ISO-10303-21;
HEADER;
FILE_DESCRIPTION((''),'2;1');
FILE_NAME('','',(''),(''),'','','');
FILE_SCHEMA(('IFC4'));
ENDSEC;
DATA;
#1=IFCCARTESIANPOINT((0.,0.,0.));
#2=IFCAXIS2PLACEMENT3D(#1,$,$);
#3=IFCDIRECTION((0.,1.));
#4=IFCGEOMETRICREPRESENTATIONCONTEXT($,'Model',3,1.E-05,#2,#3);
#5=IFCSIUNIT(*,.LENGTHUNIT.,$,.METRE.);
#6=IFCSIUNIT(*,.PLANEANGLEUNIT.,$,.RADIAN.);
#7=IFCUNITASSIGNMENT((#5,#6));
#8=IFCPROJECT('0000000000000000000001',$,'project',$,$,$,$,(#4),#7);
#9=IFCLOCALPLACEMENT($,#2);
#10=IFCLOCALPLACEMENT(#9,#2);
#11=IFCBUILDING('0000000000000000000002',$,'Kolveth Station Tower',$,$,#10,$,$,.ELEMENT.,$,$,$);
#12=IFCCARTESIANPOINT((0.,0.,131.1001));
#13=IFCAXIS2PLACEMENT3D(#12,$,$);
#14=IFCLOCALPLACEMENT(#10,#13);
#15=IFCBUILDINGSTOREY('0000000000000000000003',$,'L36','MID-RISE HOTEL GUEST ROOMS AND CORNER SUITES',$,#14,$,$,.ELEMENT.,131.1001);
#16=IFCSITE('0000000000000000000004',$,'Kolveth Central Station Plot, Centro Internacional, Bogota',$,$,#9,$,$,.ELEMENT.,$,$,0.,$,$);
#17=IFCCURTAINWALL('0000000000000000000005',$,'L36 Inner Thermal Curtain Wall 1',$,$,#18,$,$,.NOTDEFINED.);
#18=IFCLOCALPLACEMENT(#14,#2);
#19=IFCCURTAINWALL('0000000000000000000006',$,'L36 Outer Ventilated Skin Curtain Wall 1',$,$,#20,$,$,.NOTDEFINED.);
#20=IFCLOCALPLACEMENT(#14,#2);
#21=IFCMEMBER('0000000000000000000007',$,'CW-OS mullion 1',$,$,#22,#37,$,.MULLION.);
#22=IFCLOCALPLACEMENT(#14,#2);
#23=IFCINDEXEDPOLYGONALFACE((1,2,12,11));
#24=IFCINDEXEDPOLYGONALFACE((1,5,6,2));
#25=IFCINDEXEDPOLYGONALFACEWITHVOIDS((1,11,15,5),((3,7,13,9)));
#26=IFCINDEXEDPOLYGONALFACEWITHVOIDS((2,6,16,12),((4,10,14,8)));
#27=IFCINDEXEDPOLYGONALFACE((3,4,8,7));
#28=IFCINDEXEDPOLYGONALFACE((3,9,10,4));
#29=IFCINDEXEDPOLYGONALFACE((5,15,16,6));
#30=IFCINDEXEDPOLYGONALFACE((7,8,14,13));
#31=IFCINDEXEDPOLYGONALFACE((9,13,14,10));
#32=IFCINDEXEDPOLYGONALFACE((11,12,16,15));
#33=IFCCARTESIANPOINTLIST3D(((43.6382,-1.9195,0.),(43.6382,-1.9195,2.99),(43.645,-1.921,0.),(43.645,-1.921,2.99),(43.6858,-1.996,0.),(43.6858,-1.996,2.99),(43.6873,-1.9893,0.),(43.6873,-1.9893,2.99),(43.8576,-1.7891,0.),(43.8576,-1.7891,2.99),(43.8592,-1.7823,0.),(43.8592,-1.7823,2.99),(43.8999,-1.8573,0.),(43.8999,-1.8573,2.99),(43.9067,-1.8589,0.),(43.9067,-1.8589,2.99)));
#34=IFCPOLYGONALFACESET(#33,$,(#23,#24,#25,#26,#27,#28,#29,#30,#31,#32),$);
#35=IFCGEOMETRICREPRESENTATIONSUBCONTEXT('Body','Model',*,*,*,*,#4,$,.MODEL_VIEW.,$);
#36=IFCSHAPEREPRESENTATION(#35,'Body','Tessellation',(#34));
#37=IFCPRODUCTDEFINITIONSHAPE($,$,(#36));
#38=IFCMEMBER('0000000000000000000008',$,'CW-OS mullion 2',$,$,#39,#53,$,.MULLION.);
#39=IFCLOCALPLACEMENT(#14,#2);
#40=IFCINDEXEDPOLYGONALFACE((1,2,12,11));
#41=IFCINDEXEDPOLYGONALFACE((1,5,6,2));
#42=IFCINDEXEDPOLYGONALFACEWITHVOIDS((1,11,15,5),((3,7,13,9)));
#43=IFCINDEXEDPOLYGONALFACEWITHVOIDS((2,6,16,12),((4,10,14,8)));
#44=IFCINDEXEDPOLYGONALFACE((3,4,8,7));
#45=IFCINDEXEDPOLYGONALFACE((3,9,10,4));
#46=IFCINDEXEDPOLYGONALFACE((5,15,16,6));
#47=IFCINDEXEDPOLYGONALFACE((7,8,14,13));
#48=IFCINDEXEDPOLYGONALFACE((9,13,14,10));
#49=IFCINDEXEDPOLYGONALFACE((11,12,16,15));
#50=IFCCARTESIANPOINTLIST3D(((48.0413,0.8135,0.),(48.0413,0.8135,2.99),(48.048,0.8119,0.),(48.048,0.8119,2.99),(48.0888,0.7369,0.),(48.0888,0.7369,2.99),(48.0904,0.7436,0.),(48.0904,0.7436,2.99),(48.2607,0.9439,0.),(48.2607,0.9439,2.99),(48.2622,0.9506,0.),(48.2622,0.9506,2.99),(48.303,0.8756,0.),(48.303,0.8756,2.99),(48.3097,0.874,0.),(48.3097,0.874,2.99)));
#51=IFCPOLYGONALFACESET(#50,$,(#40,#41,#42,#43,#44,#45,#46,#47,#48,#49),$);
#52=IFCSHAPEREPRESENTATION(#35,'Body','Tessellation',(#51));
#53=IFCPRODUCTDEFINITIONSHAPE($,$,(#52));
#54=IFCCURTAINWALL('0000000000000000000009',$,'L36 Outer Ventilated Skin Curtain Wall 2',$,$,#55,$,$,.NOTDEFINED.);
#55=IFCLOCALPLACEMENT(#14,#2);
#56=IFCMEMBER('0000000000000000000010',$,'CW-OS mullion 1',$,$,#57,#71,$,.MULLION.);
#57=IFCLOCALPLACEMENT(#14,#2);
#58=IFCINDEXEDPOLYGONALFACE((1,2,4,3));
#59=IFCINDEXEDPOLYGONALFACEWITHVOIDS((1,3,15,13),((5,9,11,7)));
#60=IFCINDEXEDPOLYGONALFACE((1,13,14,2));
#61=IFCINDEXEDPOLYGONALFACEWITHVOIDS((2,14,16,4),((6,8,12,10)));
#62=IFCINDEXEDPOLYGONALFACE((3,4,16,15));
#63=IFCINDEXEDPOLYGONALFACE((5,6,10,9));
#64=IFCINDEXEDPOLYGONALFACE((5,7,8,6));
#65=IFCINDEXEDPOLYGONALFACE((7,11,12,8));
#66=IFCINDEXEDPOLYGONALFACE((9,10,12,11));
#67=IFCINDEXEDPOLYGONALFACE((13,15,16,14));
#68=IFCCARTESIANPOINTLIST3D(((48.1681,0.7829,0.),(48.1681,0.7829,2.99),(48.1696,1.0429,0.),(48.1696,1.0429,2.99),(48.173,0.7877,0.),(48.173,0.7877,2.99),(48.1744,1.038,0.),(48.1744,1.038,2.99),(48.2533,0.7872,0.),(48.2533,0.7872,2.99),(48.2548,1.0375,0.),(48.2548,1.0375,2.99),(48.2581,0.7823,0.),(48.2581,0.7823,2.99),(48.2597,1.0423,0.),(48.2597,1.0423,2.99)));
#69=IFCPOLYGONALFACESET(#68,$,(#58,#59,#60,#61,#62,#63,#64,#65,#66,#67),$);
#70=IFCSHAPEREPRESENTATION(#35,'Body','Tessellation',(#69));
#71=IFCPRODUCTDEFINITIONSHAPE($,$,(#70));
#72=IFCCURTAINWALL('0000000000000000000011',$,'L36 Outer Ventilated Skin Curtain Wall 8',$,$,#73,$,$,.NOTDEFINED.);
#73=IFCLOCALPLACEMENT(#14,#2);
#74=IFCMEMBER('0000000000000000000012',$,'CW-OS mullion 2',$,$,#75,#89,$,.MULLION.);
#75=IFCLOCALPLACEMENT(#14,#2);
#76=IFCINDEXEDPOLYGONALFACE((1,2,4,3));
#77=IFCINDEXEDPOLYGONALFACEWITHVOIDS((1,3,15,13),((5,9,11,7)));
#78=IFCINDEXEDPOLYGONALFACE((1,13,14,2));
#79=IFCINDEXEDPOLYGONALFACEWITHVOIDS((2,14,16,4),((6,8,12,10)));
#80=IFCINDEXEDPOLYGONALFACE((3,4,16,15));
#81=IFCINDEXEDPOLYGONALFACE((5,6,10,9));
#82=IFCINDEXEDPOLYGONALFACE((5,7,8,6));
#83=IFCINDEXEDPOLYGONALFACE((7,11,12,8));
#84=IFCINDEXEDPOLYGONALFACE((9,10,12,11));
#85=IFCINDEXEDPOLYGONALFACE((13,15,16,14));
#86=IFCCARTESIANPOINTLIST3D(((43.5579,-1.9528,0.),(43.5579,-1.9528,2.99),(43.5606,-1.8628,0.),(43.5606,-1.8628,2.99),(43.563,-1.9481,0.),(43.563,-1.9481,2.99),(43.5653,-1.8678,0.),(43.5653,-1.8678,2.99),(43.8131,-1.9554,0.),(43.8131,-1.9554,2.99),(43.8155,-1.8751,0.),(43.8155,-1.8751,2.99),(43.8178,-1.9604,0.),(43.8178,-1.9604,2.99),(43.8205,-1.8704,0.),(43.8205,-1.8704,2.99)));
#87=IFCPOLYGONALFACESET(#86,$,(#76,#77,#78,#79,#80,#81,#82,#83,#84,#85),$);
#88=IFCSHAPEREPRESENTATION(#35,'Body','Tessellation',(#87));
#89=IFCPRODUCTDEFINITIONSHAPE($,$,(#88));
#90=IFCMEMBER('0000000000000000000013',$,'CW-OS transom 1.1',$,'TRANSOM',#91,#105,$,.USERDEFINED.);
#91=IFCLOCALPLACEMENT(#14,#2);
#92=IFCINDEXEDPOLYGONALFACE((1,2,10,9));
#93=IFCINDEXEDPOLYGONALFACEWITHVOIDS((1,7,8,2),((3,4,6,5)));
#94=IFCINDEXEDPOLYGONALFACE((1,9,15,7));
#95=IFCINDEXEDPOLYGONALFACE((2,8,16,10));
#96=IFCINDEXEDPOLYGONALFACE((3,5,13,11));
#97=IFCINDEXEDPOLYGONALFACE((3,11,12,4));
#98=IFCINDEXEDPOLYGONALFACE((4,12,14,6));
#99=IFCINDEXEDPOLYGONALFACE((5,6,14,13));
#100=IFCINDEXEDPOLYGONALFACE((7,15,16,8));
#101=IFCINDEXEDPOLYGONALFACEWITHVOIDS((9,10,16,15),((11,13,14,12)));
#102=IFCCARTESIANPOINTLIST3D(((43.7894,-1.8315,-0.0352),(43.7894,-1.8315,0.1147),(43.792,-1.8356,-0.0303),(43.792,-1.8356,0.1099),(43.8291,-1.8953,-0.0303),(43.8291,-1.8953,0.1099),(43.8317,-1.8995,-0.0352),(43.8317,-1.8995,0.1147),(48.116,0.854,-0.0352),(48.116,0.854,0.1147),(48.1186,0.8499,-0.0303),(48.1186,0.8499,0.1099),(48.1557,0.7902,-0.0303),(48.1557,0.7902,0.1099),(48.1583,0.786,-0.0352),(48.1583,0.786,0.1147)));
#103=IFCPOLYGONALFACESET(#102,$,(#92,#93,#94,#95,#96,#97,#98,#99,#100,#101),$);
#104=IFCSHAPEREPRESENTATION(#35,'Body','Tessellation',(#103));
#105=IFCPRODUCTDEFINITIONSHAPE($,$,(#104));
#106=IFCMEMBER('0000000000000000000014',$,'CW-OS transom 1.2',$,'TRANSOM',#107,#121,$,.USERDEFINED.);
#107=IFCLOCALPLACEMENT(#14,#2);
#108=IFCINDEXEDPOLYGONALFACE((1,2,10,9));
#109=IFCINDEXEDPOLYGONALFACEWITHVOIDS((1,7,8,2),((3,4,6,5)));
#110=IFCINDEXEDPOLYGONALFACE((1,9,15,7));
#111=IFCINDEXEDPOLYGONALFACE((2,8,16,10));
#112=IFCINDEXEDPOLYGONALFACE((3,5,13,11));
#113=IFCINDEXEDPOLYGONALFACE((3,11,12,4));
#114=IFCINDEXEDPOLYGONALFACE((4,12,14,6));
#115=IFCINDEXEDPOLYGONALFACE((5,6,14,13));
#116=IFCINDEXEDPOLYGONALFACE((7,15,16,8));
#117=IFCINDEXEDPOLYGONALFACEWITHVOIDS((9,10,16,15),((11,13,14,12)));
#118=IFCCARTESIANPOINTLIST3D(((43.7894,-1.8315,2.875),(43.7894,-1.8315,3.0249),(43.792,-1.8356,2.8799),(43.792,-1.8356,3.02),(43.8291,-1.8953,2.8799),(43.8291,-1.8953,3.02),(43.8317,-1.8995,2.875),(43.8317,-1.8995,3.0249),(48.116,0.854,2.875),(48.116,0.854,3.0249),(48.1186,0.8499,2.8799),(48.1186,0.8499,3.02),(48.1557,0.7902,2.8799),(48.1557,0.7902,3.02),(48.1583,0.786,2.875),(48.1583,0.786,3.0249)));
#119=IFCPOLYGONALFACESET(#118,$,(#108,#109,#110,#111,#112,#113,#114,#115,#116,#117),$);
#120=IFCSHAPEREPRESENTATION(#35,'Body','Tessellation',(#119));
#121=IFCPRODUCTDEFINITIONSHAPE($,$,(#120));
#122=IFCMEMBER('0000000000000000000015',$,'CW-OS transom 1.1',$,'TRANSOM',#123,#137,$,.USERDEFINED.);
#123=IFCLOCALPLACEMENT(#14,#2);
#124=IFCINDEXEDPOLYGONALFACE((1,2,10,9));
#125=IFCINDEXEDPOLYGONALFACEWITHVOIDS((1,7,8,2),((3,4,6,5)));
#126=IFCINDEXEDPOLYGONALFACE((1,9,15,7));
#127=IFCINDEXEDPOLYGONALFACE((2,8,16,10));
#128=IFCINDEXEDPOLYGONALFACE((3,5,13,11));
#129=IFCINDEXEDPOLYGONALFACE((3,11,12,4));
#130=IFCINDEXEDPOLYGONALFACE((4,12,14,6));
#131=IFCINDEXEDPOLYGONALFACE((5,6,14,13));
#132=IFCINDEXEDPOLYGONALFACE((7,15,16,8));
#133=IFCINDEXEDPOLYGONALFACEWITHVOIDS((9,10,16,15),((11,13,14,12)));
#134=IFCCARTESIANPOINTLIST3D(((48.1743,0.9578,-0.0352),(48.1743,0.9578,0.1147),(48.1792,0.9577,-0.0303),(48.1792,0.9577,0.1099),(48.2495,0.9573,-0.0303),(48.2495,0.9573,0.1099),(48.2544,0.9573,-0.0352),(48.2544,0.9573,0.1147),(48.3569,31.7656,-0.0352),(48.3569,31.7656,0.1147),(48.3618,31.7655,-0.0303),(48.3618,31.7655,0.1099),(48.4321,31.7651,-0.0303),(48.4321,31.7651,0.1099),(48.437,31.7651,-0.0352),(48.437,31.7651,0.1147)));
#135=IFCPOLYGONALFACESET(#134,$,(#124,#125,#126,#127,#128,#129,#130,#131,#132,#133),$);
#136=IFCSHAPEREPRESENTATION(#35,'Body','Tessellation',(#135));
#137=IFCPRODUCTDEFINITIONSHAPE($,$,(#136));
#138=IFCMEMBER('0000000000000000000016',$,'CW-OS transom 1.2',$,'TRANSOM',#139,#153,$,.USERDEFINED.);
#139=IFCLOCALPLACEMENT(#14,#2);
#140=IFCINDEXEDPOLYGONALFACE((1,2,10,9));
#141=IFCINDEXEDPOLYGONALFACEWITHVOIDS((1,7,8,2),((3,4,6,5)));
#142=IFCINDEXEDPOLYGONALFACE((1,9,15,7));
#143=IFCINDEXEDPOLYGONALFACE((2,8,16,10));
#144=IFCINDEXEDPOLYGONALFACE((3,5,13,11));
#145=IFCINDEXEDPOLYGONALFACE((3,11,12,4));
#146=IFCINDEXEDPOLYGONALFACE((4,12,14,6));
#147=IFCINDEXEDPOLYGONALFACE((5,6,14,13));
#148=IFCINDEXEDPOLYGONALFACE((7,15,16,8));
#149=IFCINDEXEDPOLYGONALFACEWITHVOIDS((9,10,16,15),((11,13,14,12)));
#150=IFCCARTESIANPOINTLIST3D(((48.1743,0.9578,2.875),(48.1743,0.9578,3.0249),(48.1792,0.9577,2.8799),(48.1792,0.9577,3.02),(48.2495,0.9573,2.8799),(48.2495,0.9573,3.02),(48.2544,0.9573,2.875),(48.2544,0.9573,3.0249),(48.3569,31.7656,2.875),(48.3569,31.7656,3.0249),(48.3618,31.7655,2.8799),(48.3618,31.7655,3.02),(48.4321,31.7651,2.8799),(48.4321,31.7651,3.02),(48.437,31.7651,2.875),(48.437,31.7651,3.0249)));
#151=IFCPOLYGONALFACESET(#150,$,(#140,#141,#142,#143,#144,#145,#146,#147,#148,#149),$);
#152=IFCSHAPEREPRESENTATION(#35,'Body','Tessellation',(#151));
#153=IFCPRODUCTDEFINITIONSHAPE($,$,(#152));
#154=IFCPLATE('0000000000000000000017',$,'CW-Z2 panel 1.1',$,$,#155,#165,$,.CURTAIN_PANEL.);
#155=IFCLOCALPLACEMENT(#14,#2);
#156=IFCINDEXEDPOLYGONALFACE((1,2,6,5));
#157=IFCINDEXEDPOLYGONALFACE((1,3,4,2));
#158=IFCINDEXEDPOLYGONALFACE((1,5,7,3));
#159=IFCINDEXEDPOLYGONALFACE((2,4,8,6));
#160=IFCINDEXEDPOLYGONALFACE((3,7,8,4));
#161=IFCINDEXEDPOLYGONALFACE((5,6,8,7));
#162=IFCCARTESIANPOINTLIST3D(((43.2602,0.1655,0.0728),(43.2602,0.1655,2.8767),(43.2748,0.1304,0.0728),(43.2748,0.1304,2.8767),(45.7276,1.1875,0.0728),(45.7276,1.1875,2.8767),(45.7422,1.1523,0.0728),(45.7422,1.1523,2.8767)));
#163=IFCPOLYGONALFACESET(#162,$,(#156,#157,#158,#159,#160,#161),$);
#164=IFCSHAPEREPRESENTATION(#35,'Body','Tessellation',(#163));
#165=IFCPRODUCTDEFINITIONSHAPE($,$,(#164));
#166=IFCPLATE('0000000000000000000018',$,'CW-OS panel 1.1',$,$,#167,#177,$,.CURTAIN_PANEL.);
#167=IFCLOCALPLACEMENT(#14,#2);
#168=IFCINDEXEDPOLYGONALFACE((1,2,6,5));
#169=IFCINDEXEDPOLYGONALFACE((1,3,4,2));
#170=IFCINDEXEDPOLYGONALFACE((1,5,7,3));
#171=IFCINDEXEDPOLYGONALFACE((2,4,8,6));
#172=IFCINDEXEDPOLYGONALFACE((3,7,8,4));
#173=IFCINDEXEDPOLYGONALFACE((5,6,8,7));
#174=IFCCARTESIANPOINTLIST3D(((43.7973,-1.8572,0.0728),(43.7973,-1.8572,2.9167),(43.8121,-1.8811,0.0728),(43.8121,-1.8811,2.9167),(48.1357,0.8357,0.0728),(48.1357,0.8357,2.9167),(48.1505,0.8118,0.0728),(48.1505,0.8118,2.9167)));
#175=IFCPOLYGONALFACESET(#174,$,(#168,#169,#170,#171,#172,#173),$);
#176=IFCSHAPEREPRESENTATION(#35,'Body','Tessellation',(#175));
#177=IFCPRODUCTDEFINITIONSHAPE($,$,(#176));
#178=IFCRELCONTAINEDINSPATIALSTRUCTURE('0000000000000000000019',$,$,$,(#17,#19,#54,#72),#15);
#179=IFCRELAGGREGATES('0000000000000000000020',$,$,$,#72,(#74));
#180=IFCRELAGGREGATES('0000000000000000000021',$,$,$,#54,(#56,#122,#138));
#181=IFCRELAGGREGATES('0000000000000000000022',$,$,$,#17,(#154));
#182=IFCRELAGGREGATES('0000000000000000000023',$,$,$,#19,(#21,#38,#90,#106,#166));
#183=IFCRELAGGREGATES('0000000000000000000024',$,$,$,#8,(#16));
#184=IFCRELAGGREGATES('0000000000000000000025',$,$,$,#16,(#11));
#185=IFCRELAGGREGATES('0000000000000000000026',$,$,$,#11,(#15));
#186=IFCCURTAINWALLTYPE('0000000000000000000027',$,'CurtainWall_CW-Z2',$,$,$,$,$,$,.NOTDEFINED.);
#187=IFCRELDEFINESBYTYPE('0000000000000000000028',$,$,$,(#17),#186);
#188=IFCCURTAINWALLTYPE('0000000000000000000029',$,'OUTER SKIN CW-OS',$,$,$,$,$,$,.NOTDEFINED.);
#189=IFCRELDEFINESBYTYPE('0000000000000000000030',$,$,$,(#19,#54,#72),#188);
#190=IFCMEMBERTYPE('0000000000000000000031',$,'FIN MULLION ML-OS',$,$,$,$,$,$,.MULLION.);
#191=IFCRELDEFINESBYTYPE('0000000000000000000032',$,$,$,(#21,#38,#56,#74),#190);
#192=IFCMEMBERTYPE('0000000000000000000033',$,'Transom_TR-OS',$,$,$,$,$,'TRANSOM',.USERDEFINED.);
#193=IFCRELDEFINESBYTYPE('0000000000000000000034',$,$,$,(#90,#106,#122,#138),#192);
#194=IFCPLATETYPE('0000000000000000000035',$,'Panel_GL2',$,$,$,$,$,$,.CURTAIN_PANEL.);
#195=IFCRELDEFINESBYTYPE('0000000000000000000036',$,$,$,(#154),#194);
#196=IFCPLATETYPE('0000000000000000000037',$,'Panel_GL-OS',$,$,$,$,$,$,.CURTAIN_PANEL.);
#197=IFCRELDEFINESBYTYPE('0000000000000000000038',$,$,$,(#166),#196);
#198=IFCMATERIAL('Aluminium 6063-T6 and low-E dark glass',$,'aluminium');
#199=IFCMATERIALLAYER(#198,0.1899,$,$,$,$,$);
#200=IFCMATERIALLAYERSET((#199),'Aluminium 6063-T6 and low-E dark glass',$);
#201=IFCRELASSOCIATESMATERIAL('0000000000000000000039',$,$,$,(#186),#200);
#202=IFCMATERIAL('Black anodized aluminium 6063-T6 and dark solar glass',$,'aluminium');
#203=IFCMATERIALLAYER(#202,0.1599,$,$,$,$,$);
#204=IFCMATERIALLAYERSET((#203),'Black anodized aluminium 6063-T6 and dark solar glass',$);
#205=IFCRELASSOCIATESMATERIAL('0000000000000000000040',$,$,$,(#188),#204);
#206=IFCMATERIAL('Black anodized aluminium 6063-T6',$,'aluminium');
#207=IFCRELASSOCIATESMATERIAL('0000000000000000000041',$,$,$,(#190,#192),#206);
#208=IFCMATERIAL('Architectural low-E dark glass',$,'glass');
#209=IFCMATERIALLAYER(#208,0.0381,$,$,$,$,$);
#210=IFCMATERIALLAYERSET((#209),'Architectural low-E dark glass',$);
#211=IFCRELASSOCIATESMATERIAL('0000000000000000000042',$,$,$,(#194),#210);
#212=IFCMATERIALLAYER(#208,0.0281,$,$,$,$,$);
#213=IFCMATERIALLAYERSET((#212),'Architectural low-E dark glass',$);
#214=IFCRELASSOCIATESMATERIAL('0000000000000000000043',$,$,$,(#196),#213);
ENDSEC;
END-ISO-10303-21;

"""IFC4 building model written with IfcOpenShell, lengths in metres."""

from ifc_helpers import new_model, si_unit, direction, frame, origin, origin_2d, place, context, subcontext, project, spatial, rectangle, hollow_rectangle, extrude, source, transform, mapped, material, layer, layer_set, material_profile, profile_set, type_object, element, aggregate, save


model = new_model("IFC4")

# Units and contexts
model_context = context("Model", 3, precision=1e-05, world=origin(), true_north=direction((0.0, 1.0)))
body_context = subcontext(model_context, "Body", "Model", "MODEL_VIEW")
ifc_project = project(units=[si_unit("LENGTHUNIT", "METRE"), si_unit("PLANEANGLEUNIT", "RADIAN")], contexts=[model_context])

# Site, building, storey
site_placement = place(None, origin())
site = spatial("IfcSite", under=ifc_project, at=site_placement, Name="Kolveth Central Station Plot, Centro Internacional, Bogota", CompositionType="ELEMENT", RefElevation=0.0)
building_placement = place(site_placement, origin())
building = spatial("IfcBuilding", under=site, at=building_placement, Name="Kolveth Station Tower", CompositionType="ELEMENT")
storey_placement = place(building_placement, frame((0.0, 0.0, 131.1001)))
storey = spatial("IfcBuildingStorey", under=building, at=storey_placement, Name="L36", Description="MID-RISE HOTEL GUEST ROOMS AND CORNER SUITES", CompositionType="ELEMENT", Elevation=131.1001)

# Curtain wall
ifc_material_1 = material(Name="Aluminium 6063-T6 and low-E dark glass", Category="aluminium")
ifc_layer_1 = layer(ifc_material_1, 0.1899)
ifc_layer_set_1 = layer_set([ifc_layer_1], Name="Aluminium 6063-T6 and low-E dark glass")
curtain_wall_type_1 = type_object("IfcCurtainWallType", Name="CurtainWall_CW-Z2", PredefinedType="NOTDEFINED", material=ifc_layer_set_1)
curtain_wall_1_placement = place(storey_placement, origin())
curtain_wall_1 = element("IfcCurtainWall", 1, at=curtain_wall_1_placement, inside=storey, type_object=curtain_wall_type_1, Name="L36 Inner Thermal Curtain Wall 1", PredefinedType="NOTDEFINED")
ifc_material_2 = material(Name="Black anodized aluminium 6063-T6", Category="aluminium")

# Curtain wall, members
ifc_material_3 = material(Name="Black anodized aluminium 6063-T6 and dark solar glass", Category="aluminium")
ifc_layer_2 = layer(ifc_material_3, 0.1599)
ifc_layer_set_2 = layer_set([ifc_layer_2], Name="Black anodized aluminium 6063-T6 and dark solar glass")
curtain_wall_type_2 = type_object("IfcCurtainWallType", Name="OUTER SKIN CW-OS", PredefinedType="NOTDEFINED", material=ifc_layer_set_2)
curtain_wall_2_placement = place(storey_placement, origin())
curtain_wall_2 = element("IfcCurtainWall", 2, at=curtain_wall_2_placement, inside=storey, type_object=curtain_wall_type_2, Name="L36 Outer Ventilated Skin Curtain Wall 1", PredefinedType="NOTDEFINED")
ifc_material_profile_1 = material_profile(ifc_material_2, hollow_rectangle(XDim=0.0901, YDim=0.26, WallThickness=0.0049, at=origin_2d()), Name="ALU-90x260x5")
ifc_profile_set_1 = profile_set([ifc_material_profile_1], Name="Black anodized aluminium 6063-T6")
member_type_1 = type_object("IfcMemberType", Name="FIN MULLION ML-OS", PredefinedType="MULLION", material=ifc_profile_set_1)
shared_shape_1 = source(origin(), body_context, "Body", "SweptSolid", [
    extrude(hollow_rectangle(XDim=0.0901, YDim=0.26, WallThickness=0.0049, at=origin_2d()), origin(), (0.0, 0.0, 1.0), 2.99),
])
member_1_placement = place(storey_placement, frame((43.7725, -1.8892, 0.0), z_axis=(0.0, 0.0, 1.0), x_axis=(-0.527379, 0.84963, 0.0)))
member_1 = element("IfcMember", 3, at=member_1_placement, type_object=member_type_1, Name="CW-OS mullion 1", PredefinedType="MULLION", context=body_context, shape_type="MappedRepresentation", body=[
    mapped(shared_shape_1, transform((0.0, 0.0, 0.0), x_axis=(1.0, 0.0, 0.0), y_axis=(0.0, 1.0, 0.0), z_axis=(0.0, 0.0, 1.0), scale=1.0)),
])
member_2_placement = place(storey_placement, frame((48.1755, 0.8438, 0.0), z_axis=(0.0, 0.0, 1.0), x_axis=(-0.527379, 0.84963, 0.0)))
member_2 = element("IfcMember", 4, at=member_2_placement, type_object=member_type_1, Name="CW-OS mullion 2", PredefinedType="MULLION", context=body_context, shape_type="MappedRepresentation", body=[
    mapped(shared_shape_1, transform((0.0, 0.0, 0.0), x_axis=(1.0, 0.0, 0.0), y_axis=(0.0, 1.0, 0.0), z_axis=(0.0, 0.0, 1.0), scale=1.0)),
])

# Curtain walls, members
curtain_wall_3_placement = place(storey_placement, origin())
curtain_wall_3 = element("IfcCurtainWall", 5, at=curtain_wall_3_placement, inside=storey, type_object=curtain_wall_type_2, Name="L36 Outer Ventilated Skin Curtain Wall 2", PredefinedType="NOTDEFINED")
member_3_placement = place(storey_placement, frame((48.2139, 0.9126, 0.0), z_axis=(0.0, 0.0, 1.0), x_axis=(-0.999982, 0.005934, 0.0)))
member_3 = element("IfcMember", 6, at=member_3_placement, type_object=member_type_1, Name="CW-OS mullion 1", PredefinedType="MULLION", context=body_context, shape_type="MappedRepresentation", body=[
    mapped(shared_shape_1, transform((0.0, 0.0, 0.0), x_axis=(1.0, 0.0, 0.0), y_axis=(0.0, 1.0, 0.0), z_axis=(0.0, 0.0, 1.0), scale=1.0)),
])
curtain_wall_4_placement = place(storey_placement, origin())
curtain_wall_4 = element("IfcCurtainWall", 7, at=curtain_wall_4_placement, inside=storey, type_object=curtain_wall_type_2, Name="L36 Outer Ventilated Skin Curtain Wall 8", PredefinedType="NOTDEFINED")
member_4_placement = place(storey_placement, frame((43.6892, -1.9116, 0.0), z_axis=(0.0, 0.0, 1.0), x_axis=(0.029234, 0.999573, 0.0)))
member_4 = element("IfcMember", 8, at=member_4_placement, type_object=member_type_1, Name="CW-OS mullion 2", PredefinedType="MULLION", context=body_context, shape_type="MappedRepresentation", body=[
    mapped(shared_shape_1, transform((0.0, 0.0, 0.0), x_axis=(1.0, 0.0, 0.0), y_axis=(0.0, 1.0, 0.0), z_axis=(0.0, 0.0, 1.0), scale=1.0)),
])
aggregate(curtain_wall_4, [member_4])

# Members
ifc_material_profile_2 = material_profile(ifc_material_2, hollow_rectangle(XDim=0.0801, YDim=0.1499, WallThickness=0.0049, at=origin_2d()), Name="ALU-80x150x5")
ifc_profile_set_2 = profile_set([ifc_material_profile_2], Name="Black anodized aluminium 6063-T6")
member_type_2 = type_object("IfcMemberType", Name="Transom_TR-OS", ElementType="TRANSOM", PredefinedType="USERDEFINED", material=ifc_profile_set_2)
shared_shape_2 = source(origin(), body_context, "Body", "SweptSolid", [
    extrude(hollow_rectangle(XDim=0.0801, YDim=0.1499, WallThickness=0.0049, at=origin_2d()), origin(), (0.0, 0.0, 1.0), 5.0923),
])
member_5_placement = place(storey_placement, frame((43.8105, -1.8655, 0.0398), z_axis=(0.849637, 0.527368, 0.0), x_axis=(-0.527368, 0.849637, 0.0)))
member_5 = element("IfcMember", 9, at=member_5_placement, type_object=member_type_2, Name="CW-OS transom 1.1", ObjectType="TRANSOM", PredefinedType="USERDEFINED", context=body_context, shape_type="MappedRepresentation", body=[
    mapped(shared_shape_2, transform((0.0, 0.0, 0.0), x_axis=(1.0, 0.0, 0.0), y_axis=(0.0, 1.0, 0.0), z_axis=(0.0, 0.0, 1.0), scale=1.0)),
])
member_6_placement = place(storey_placement, frame((43.8105, -1.8655, 2.95), z_axis=(0.849637, 0.527368, 0.0), x_axis=(-0.527368, 0.849637, 0.0)))
member_6 = element("IfcMember", 10, at=member_6_placement, type_object=member_type_2, Name="CW-OS transom 1.2", ObjectType="TRANSOM", PredefinedType="USERDEFINED", context=body_context, shape_type="MappedRepresentation", body=[
    mapped(shared_shape_2, transform((0.0, 0.0, 0.0), x_axis=(1.0, 0.0, 0.0), y_axis=(0.0, 1.0, 0.0), z_axis=(0.0, 0.0, 1.0), scale=1.0)),
])
shared_shape_3 = source(origin(), body_context, "Body", "SweptSolid", [
    extrude(hollow_rectangle(XDim=0.0801, YDim=0.1499, WallThickness=0.0049, at=origin_2d()), origin(), (0.0, 0.0, 1.0), 30.8083),
])
member_7_placement = place(storey_placement, frame((48.2144, 0.9575, 0.0398), z_axis=(0.005928, 0.999982, 0.0), x_axis=(-0.999982, 0.005928, 0.0)))
member_7 = element("IfcMember", 11, at=member_7_placement, type_object=member_type_2, Name="CW-OS transom 1.1", ObjectType="TRANSOM", PredefinedType="USERDEFINED", context=body_context, shape_type="MappedRepresentation", body=[
    mapped(shared_shape_3, transform((0.0, 0.0, 0.0), x_axis=(1.0, 0.0, 0.0), y_axis=(0.0, 1.0, 0.0), z_axis=(0.0, 0.0, 1.0), scale=1.0)),
])
member_8_placement = place(storey_placement, frame((48.2144, 0.9575, 2.95), z_axis=(0.005928, 0.999982, 0.0), x_axis=(-0.999982, 0.005928, 0.0)))
member_8 = element("IfcMember", 12, at=member_8_placement, type_object=member_type_2, Name="CW-OS transom 1.2", ObjectType="TRANSOM", PredefinedType="USERDEFINED", context=body_context, shape_type="MappedRepresentation", body=[
    mapped(shared_shape_3, transform((0.0, 0.0, 0.0), x_axis=(1.0, 0.0, 0.0), y_axis=(0.0, 1.0, 0.0), z_axis=(0.0, 0.0, 1.0), scale=1.0)),
])
aggregate(curtain_wall_3, [member_3, member_7, member_8])

# Plates
ifc_material_4 = material(Name="Architectural low-E dark glass", Category="glass")
ifc_layer_3 = layer(ifc_material_4, 0.0381)
ifc_layer_set_3 = layer_set([ifc_layer_3], Name="Architectural low-E dark glass")
plate_type_1 = type_object("IfcPlateType", Name="Panel_GL2", PredefinedType="CURTAIN_PANEL", material=ifc_layer_set_3)
shared_shape_4 = source(origin(), body_context, "Body", "SweptSolid", [
    extrude(rectangle(XDim=2.6707, YDim=0.0381, at=origin_2d()), origin(), (0.0, 0.0, 1.0), 2.804),
])
plate_1_placement = place(storey_placement, frame((44.5012, 0.6589, 0.0728), z_axis=(0.0, 0.0, 1.0), x_axis=(0.923888, 0.382663, 0.0)))
plate_1 = element("IfcPlate", 13, at=plate_1_placement, type_object=plate_type_1, Name="CW-Z2 panel 1.1", PredefinedType="CURTAIN_PANEL", context=body_context, shape_type="MappedRepresentation", body=[
    mapped(shared_shape_4, transform((0.0, 0.0, 0.0), x_axis=(1.0, 0.0, 0.0), y_axis=(0.0, 1.0, 0.0), z_axis=(0.0, 0.0, 1.0), scale=1.0)),
])
aggregate(curtain_wall_1, [plate_1])
ifc_layer_4 = layer(ifc_material_4, 0.0281)
ifc_layer_set_4 = layer_set([ifc_layer_4], Name="Architectural low-E dark glass")
plate_type_2 = type_object("IfcPlateType", Name="Panel_GL-OS", PredefinedType="CURTAIN_PANEL", material=ifc_layer_set_4)
shared_shape_5 = source(origin(), body_context, "Body", "SweptSolid", [
    extrude(rectangle(XDim=5.1062, YDim=0.0281, at=origin_2d()), origin(), (0.0, 0.0, 1.0), 2.844),
])
plate_2_placement = place(storey_placement, frame((45.9739, -0.5227, 0.0728), z_axis=(0.0, 0.0, 1.0), x_axis=(0.84963, 0.527379, 0.0)))
plate_2 = element("IfcPlate", 14, at=plate_2_placement, type_object=plate_type_2, Name="CW-OS panel 1.1", PredefinedType="CURTAIN_PANEL", context=body_context, shape_type="MappedRepresentation", body=[
    mapped(shared_shape_5, transform((0.0, 0.0, 0.0), x_axis=(1.0, 0.0, 0.0), y_axis=(0.0, 1.0, 0.0), z_axis=(0.0, 0.0, 1.0), scale=1.0)),
])
aggregate(curtain_wall_2, [member_1, member_2, member_5, member_6, plate_2])

save(model, "model.ifc")
